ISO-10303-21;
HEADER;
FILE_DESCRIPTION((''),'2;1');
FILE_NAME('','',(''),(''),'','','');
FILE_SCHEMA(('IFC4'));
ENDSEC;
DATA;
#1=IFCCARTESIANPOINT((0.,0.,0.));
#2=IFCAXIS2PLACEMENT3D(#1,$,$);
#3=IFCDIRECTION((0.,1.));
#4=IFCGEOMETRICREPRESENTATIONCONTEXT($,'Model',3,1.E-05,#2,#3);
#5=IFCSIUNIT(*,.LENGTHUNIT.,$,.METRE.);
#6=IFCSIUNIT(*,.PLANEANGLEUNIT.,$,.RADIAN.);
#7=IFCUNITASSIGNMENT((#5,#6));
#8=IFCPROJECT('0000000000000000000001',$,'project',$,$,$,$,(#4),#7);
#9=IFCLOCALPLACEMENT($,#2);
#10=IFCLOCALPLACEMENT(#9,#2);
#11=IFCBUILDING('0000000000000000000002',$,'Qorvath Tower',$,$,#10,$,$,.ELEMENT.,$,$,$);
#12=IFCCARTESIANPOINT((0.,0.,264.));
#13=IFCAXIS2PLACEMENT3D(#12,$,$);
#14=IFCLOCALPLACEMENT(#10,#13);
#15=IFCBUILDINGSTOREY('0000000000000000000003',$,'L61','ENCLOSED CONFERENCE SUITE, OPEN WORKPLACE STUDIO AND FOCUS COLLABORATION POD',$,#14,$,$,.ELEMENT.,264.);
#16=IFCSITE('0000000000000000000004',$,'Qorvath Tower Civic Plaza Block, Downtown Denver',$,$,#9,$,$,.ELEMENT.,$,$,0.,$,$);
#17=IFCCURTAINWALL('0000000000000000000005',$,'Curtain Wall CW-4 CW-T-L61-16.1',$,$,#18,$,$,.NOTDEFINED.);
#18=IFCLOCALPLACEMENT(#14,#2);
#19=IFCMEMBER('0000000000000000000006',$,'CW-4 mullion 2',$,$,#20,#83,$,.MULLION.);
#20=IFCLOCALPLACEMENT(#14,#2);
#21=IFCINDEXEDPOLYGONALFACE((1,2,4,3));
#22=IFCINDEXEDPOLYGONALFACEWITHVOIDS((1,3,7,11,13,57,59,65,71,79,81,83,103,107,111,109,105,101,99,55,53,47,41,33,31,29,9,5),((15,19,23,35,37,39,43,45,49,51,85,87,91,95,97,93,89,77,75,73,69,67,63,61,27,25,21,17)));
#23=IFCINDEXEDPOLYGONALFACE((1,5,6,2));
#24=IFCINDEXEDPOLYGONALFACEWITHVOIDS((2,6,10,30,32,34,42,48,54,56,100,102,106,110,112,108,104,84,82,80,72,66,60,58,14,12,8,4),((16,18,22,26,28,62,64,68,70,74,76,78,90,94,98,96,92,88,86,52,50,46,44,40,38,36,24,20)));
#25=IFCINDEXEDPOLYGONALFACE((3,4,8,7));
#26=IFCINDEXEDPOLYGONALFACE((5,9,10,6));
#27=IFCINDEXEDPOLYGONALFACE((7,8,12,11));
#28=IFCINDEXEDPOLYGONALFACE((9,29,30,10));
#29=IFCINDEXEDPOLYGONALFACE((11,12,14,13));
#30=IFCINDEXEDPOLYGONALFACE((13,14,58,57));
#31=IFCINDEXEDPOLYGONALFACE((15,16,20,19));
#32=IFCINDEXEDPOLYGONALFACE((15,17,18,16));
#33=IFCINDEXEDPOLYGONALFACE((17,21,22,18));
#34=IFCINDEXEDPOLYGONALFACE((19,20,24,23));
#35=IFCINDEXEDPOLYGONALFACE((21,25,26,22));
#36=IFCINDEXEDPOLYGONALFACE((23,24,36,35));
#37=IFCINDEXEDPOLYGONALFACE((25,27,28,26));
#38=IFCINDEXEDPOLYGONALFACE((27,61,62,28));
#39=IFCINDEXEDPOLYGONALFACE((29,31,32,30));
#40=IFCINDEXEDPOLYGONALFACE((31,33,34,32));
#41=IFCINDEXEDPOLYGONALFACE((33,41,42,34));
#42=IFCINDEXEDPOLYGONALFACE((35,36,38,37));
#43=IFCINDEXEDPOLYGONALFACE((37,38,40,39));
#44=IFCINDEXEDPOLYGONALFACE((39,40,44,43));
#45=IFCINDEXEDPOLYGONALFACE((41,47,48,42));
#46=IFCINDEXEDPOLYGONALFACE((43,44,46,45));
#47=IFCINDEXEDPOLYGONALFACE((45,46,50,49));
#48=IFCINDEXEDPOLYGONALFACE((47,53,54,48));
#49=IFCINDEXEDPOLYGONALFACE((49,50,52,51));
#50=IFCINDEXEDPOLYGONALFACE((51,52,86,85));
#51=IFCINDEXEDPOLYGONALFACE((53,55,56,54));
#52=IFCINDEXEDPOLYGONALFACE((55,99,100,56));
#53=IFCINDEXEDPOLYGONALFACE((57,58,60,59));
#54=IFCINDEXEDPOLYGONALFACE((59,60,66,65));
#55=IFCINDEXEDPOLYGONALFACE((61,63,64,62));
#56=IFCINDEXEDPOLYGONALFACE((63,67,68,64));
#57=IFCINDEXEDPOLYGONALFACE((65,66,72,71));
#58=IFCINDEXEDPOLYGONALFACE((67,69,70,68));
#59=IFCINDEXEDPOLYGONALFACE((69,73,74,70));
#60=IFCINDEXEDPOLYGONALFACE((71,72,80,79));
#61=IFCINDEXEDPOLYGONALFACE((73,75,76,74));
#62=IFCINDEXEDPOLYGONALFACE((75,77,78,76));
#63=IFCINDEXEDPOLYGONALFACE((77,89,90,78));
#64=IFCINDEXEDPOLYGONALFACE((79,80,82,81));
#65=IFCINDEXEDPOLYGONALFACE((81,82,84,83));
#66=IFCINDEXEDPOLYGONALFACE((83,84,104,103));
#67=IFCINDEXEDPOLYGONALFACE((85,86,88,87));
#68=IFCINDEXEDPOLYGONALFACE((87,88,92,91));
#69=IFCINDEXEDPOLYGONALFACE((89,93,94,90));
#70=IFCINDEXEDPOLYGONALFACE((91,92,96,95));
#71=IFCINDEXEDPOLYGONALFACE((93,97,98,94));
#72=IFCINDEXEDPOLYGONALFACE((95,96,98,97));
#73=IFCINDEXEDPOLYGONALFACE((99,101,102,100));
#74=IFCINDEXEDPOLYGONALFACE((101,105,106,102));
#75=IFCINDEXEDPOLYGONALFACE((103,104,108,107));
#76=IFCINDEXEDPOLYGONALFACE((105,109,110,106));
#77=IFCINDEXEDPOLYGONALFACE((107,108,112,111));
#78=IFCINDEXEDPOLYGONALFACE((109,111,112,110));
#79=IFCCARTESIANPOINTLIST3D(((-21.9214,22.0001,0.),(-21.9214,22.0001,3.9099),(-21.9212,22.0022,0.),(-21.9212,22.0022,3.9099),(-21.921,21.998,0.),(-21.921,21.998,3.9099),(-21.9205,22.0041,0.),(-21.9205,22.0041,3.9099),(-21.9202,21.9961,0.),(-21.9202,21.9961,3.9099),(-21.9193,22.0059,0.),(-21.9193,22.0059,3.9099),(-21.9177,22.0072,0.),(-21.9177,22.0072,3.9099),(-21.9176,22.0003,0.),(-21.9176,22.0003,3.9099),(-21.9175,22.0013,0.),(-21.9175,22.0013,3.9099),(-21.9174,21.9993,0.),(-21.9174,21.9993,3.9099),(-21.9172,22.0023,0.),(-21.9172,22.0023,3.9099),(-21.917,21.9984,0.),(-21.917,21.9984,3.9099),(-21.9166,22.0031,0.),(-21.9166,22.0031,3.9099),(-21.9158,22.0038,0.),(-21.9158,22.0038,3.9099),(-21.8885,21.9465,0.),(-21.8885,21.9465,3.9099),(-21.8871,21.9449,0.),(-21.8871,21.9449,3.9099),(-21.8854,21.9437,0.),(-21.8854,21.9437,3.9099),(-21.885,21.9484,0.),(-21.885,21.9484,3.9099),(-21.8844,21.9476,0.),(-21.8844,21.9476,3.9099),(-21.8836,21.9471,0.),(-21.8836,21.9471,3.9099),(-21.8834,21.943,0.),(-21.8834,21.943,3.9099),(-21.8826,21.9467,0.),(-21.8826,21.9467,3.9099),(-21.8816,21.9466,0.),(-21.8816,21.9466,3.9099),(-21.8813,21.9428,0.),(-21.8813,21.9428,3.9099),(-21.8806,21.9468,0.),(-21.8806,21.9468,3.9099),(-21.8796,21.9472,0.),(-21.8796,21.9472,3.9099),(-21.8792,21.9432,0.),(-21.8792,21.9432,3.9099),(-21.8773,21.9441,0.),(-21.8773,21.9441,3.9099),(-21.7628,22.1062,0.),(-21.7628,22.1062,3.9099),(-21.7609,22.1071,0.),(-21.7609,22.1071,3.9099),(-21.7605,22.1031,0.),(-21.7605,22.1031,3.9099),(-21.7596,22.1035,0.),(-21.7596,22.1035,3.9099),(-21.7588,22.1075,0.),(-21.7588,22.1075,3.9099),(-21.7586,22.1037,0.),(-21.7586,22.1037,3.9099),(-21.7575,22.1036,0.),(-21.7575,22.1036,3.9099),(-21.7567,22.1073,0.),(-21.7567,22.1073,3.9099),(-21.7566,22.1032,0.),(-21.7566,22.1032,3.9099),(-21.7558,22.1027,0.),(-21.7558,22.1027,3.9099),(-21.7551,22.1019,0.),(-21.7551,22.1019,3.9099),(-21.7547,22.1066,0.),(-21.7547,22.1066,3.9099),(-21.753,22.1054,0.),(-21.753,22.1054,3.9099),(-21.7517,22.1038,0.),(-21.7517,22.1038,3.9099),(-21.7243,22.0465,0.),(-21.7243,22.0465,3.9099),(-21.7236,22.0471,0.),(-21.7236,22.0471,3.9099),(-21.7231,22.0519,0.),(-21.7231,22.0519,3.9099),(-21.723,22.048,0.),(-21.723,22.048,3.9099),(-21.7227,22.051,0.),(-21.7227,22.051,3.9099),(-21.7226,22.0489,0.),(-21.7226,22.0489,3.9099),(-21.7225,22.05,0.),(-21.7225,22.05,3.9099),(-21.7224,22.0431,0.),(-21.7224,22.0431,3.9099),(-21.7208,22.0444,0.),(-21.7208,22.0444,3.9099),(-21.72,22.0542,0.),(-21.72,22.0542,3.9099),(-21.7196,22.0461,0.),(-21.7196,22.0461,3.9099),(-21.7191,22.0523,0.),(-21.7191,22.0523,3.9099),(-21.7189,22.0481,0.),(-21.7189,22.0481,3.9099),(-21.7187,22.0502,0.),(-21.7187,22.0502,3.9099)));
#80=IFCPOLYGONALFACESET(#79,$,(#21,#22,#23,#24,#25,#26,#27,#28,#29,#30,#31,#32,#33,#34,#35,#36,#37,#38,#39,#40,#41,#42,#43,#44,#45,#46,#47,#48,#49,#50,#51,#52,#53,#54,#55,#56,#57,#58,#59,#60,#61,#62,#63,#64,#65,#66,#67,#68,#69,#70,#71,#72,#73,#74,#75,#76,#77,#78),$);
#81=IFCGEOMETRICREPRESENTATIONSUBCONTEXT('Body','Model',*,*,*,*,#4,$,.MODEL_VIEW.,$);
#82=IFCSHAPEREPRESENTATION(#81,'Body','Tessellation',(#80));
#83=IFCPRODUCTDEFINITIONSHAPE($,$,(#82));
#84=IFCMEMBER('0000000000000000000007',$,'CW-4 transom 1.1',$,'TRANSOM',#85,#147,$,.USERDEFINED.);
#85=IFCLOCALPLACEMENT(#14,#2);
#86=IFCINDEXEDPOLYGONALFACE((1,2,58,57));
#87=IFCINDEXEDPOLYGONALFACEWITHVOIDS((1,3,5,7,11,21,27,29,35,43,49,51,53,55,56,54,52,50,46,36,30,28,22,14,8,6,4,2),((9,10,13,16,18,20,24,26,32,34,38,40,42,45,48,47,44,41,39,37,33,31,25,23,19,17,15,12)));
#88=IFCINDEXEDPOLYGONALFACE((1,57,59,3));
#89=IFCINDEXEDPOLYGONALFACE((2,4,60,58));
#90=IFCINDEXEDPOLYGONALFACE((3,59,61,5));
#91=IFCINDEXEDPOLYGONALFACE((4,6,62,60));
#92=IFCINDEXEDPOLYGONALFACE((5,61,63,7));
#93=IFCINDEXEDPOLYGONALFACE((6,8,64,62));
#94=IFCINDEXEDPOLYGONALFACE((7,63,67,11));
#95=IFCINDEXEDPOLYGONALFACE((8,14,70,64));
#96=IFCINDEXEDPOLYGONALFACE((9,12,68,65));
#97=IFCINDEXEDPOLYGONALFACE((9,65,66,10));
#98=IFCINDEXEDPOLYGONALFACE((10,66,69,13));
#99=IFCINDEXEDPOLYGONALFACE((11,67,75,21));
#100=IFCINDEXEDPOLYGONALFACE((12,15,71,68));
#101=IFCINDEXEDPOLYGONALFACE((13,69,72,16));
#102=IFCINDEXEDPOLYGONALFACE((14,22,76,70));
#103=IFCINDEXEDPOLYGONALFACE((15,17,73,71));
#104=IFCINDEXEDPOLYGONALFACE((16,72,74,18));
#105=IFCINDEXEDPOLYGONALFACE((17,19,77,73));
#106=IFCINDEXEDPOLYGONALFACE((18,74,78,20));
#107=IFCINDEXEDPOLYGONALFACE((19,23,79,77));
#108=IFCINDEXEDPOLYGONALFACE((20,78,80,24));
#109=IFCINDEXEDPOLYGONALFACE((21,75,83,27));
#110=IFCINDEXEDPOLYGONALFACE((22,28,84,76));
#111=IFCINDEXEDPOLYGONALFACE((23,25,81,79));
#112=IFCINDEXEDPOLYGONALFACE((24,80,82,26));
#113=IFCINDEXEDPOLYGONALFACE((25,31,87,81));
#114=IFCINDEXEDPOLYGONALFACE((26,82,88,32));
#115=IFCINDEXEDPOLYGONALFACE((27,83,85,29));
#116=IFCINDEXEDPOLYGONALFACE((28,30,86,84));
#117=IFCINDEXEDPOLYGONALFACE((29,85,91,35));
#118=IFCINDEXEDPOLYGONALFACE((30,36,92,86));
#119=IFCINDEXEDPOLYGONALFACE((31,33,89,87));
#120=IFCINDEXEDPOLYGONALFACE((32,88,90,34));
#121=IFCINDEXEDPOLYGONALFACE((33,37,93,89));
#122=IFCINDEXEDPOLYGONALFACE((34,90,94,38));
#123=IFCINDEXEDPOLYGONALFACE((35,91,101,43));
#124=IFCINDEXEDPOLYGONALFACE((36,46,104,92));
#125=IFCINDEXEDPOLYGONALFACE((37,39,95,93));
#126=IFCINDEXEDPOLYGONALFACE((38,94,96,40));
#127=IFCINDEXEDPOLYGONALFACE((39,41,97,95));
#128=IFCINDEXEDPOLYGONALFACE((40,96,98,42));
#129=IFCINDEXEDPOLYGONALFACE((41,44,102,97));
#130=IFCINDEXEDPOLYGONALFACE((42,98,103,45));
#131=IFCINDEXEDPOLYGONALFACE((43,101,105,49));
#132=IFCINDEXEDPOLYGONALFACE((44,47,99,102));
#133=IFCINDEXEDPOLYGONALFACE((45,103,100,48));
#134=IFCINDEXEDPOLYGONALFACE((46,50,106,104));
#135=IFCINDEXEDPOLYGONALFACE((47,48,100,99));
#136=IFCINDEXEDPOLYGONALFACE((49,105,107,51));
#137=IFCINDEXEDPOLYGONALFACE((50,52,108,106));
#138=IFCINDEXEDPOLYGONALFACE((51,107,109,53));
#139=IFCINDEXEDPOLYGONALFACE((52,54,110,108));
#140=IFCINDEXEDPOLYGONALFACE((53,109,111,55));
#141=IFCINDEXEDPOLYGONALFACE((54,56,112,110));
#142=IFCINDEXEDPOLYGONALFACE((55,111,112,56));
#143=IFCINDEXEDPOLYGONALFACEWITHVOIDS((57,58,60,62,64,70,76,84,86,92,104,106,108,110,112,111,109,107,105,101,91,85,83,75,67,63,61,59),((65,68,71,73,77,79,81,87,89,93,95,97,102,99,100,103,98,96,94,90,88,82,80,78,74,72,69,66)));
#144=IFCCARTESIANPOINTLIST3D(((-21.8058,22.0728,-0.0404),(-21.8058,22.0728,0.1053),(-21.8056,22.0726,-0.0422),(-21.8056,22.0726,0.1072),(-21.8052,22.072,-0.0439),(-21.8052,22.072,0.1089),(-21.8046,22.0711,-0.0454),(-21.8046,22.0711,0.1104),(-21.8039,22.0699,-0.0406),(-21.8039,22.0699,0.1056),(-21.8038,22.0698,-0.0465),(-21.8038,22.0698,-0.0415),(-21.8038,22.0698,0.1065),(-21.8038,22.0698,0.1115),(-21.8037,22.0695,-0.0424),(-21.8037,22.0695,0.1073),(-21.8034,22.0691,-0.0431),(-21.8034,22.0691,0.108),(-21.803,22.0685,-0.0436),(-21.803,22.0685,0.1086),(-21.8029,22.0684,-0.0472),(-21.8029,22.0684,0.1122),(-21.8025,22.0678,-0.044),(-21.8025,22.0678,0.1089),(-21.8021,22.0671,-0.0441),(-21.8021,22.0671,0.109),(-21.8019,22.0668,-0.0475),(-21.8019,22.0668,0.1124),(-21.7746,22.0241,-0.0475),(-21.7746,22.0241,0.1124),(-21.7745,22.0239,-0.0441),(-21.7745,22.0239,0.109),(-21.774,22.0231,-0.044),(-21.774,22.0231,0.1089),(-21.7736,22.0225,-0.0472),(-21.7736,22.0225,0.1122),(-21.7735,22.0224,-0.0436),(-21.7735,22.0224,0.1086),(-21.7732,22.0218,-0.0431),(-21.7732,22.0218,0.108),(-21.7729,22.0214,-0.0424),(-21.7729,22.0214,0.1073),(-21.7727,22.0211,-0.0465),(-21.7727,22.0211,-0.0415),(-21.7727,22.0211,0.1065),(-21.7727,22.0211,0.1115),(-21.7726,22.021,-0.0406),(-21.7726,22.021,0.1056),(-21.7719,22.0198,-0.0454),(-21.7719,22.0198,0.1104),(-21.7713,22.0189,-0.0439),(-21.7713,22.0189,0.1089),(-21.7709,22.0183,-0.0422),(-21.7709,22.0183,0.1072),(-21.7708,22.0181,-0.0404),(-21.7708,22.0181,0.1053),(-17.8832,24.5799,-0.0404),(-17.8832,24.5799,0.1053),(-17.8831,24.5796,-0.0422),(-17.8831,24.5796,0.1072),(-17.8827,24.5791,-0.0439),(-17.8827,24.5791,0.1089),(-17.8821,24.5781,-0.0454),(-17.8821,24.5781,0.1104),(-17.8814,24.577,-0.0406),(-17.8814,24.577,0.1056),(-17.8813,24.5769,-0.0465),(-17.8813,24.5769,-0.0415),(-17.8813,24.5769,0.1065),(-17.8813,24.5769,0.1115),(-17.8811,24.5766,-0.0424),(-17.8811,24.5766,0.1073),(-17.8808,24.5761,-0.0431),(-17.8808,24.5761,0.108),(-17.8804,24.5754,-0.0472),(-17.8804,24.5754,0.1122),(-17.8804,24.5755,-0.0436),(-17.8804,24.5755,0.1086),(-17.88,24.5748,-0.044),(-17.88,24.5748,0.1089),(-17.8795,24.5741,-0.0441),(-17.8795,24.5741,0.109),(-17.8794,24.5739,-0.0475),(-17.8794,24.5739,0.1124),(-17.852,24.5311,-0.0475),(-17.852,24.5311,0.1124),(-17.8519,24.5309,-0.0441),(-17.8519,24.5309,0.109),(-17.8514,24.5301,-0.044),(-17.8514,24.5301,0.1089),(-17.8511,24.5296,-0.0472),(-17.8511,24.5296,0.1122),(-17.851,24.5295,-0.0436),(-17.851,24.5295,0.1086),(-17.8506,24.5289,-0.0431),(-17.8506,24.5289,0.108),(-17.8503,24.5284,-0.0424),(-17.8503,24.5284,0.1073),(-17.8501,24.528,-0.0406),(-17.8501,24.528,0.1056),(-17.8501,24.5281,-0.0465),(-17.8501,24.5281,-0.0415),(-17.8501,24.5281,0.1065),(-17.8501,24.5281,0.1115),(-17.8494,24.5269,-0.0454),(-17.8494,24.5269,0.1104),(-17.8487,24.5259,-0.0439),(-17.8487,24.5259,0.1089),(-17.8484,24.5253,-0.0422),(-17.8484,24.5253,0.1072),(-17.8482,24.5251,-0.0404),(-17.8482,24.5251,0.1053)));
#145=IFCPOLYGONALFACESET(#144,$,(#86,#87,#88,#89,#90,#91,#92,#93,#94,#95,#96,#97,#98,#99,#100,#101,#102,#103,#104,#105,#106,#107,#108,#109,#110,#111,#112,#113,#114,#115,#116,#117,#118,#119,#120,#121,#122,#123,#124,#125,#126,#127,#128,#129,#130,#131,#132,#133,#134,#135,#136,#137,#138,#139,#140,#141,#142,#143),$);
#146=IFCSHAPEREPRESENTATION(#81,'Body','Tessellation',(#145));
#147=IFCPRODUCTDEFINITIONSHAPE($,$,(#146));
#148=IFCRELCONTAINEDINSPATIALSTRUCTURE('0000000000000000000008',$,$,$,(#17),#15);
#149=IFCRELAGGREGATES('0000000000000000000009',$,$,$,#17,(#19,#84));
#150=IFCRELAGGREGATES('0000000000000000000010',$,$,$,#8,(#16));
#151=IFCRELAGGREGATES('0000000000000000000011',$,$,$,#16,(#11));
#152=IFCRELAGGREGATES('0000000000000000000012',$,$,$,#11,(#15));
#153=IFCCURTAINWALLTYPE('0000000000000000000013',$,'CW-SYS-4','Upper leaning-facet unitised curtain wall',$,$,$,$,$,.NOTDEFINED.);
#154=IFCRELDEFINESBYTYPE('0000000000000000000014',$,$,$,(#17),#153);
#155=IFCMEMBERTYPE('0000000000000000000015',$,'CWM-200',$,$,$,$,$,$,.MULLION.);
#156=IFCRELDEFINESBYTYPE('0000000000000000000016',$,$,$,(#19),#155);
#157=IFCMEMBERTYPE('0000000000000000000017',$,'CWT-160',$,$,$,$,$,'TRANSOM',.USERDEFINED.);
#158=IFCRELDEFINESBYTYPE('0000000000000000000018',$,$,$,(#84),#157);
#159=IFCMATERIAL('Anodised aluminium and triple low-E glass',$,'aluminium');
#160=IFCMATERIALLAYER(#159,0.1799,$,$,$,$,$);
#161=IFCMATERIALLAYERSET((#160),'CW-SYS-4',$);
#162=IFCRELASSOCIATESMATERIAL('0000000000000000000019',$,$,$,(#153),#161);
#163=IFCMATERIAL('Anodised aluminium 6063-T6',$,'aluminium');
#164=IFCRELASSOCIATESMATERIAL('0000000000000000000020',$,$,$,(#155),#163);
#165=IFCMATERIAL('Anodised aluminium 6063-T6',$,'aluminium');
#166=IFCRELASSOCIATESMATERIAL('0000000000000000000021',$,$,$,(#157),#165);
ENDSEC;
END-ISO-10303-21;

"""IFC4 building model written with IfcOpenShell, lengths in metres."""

from ifc_helpers import new_model, si_unit, direction, frame, origin, origin_2d, place, context, subcontext, project, spatial, hollow_rectangle, extrude, material, layer, layer_set, material_profile, profile_set, type_object, element, aggregate, save


model = new_model("IFC4")

# Units and contexts
model_context = context("Model", 3, precision=1e-05, world=origin(), true_north=direction((0.0, 1.0)))
body_context = subcontext(model_context, "Body", "Model", "MODEL_VIEW")
ifc_project = project(units=[si_unit("LENGTHUNIT", "METRE"), si_unit("PLANEANGLEUNIT", "RADIAN")], contexts=[model_context])

# Site, building, storey
site_placement = place(None, origin())
site = spatial("IfcSite", under=ifc_project, at=site_placement, Name="Qorvath Tower Civic Plaza Block, Downtown Denver", CompositionType="ELEMENT", RefElevation=0.0)
building_placement = place(site_placement, origin())
building = spatial("IfcBuilding", under=site, at=building_placement, Name="Qorvath Tower", CompositionType="ELEMENT")
storey_placement = place(building_placement, frame((0.0, 0.0, 264.0)))
storey = spatial("IfcBuildingStorey", under=building, at=storey_placement, Name="L61", Description="ENCLOSED CONFERENCE SUITE, OPEN WORKPLACE STUDIO AND FOCUS COLLABORATION POD", CompositionType="ELEMENT", Elevation=264.0)

# Shared definitions
ifc_material_1 = material(Name="Anodised aluminium and triple low-E glass", Category="aluminium")
ifc_layer_1 = layer(ifc_material_1, 0.1799)
ifc_layer_set_1 = layer_set([ifc_layer_1], Name="CW-SYS-4")
curtain_wall_type = type_object("IfcCurtainWallType", Name="CW-SYS-4", Description="Upper leaning-facet unitised curtain wall", PredefinedType="NOTDEFINED", material=ifc_layer_set_1)
ifc_material_2 = material(Name="Anodised aluminium 6063-T6", Category="aluminium")
ifc_material_profile_1 = material_profile(ifc_material_2, hollow_rectangle(XDim=0.075, YDim=0.2, WallThickness=0.0039, InnerFilletRadius=0.0039, OuterFilletRadius=0.0081, at=origin_2d()), Name="CWM 200x75")
ifc_profile_set_1 = profile_set([ifc_material_profile_1], Name="Anodised aluminium 6063-T6")
member_type_1 = type_object("IfcMemberType", Name="CWM-200", PredefinedType="MULLION", material=ifc_profile_set_1)

# Curtain wall, members
curtain_wall_1_placement = place(storey_placement, origin())
curtain_wall_1 = element("IfcCurtainWall", 1, at=curtain_wall_1_placement, inside=storey, type_object=curtain_wall_type, Name="Curtain Wall CW-4 CW-T-L61-16.1", PredefinedType="NOTDEFINED")
member_1_placement = place(storey_placement, frame((-21.8201, 22.0251, 0.0), z_axis=(0.0, 0.0, 1.0), x_axis=(0.538523, -0.842611, 0.0)))
member_1 = element("IfcMember", 2, at=member_1_placement, type_object=member_type_1, Name="CW-4 mullion 2", PredefinedType="MULLION", context=body_context, shape_type="SweptSolid", body=[
    extrude(hollow_rectangle(XDim=0.075, YDim=0.2, WallThickness=0.0039, InnerFilletRadius=0.0039, OuterFilletRadius=0.0081, at=origin_2d()), origin(), (0.0, 0.0, 1.0), 3.9099),
])
ifc_material_3 = material(Name="Anodised aluminium 6063-T6", Category="aluminium")
ifc_material_profile_2 = material_profile(ifc_material_3, hollow_rectangle(XDim=0.0649, YDim=0.1599, WallThickness=0.0034, InnerFilletRadius=0.0034, OuterFilletRadius=0.0071, at=origin_2d()), Name="CWT 160x65")
ifc_profile_set_2 = profile_set([ifc_material_profile_2], Name="Anodised aluminium 6063-T6")
member_type_2 = type_object("IfcMemberType", Name="CWT-160", ElementType="TRANSOM", PredefinedType="USERDEFINED", material=ifc_profile_set_2)
member_2_placement = place(storey_placement, frame((-17.8657, 24.5525, 0.0325), z_axis=(-0.842602, -0.538537, 0.0), x_axis=(0.538537, -0.842602, 0.0)))
member_2 = element("IfcMember", 3, at=member_2_placement, type_object=member_type_2, Name="CW-4 transom 1.1", ObjectType="TRANSOM", PredefinedType="USERDEFINED", context=body_context, shape_type="SweptSolid", body=[
    extrude(hollow_rectangle(XDim=0.0649, YDim=0.1599, WallThickness=0.0034, InnerFilletRadius=0.0034, OuterFilletRadius=0.0071, at=origin_2d()), origin(), (0.0, 0.0, 1.0), 4.6553),
])

aggregate(curtain_wall_1, [member_1, member_2])

save(model, "model.ifc")
